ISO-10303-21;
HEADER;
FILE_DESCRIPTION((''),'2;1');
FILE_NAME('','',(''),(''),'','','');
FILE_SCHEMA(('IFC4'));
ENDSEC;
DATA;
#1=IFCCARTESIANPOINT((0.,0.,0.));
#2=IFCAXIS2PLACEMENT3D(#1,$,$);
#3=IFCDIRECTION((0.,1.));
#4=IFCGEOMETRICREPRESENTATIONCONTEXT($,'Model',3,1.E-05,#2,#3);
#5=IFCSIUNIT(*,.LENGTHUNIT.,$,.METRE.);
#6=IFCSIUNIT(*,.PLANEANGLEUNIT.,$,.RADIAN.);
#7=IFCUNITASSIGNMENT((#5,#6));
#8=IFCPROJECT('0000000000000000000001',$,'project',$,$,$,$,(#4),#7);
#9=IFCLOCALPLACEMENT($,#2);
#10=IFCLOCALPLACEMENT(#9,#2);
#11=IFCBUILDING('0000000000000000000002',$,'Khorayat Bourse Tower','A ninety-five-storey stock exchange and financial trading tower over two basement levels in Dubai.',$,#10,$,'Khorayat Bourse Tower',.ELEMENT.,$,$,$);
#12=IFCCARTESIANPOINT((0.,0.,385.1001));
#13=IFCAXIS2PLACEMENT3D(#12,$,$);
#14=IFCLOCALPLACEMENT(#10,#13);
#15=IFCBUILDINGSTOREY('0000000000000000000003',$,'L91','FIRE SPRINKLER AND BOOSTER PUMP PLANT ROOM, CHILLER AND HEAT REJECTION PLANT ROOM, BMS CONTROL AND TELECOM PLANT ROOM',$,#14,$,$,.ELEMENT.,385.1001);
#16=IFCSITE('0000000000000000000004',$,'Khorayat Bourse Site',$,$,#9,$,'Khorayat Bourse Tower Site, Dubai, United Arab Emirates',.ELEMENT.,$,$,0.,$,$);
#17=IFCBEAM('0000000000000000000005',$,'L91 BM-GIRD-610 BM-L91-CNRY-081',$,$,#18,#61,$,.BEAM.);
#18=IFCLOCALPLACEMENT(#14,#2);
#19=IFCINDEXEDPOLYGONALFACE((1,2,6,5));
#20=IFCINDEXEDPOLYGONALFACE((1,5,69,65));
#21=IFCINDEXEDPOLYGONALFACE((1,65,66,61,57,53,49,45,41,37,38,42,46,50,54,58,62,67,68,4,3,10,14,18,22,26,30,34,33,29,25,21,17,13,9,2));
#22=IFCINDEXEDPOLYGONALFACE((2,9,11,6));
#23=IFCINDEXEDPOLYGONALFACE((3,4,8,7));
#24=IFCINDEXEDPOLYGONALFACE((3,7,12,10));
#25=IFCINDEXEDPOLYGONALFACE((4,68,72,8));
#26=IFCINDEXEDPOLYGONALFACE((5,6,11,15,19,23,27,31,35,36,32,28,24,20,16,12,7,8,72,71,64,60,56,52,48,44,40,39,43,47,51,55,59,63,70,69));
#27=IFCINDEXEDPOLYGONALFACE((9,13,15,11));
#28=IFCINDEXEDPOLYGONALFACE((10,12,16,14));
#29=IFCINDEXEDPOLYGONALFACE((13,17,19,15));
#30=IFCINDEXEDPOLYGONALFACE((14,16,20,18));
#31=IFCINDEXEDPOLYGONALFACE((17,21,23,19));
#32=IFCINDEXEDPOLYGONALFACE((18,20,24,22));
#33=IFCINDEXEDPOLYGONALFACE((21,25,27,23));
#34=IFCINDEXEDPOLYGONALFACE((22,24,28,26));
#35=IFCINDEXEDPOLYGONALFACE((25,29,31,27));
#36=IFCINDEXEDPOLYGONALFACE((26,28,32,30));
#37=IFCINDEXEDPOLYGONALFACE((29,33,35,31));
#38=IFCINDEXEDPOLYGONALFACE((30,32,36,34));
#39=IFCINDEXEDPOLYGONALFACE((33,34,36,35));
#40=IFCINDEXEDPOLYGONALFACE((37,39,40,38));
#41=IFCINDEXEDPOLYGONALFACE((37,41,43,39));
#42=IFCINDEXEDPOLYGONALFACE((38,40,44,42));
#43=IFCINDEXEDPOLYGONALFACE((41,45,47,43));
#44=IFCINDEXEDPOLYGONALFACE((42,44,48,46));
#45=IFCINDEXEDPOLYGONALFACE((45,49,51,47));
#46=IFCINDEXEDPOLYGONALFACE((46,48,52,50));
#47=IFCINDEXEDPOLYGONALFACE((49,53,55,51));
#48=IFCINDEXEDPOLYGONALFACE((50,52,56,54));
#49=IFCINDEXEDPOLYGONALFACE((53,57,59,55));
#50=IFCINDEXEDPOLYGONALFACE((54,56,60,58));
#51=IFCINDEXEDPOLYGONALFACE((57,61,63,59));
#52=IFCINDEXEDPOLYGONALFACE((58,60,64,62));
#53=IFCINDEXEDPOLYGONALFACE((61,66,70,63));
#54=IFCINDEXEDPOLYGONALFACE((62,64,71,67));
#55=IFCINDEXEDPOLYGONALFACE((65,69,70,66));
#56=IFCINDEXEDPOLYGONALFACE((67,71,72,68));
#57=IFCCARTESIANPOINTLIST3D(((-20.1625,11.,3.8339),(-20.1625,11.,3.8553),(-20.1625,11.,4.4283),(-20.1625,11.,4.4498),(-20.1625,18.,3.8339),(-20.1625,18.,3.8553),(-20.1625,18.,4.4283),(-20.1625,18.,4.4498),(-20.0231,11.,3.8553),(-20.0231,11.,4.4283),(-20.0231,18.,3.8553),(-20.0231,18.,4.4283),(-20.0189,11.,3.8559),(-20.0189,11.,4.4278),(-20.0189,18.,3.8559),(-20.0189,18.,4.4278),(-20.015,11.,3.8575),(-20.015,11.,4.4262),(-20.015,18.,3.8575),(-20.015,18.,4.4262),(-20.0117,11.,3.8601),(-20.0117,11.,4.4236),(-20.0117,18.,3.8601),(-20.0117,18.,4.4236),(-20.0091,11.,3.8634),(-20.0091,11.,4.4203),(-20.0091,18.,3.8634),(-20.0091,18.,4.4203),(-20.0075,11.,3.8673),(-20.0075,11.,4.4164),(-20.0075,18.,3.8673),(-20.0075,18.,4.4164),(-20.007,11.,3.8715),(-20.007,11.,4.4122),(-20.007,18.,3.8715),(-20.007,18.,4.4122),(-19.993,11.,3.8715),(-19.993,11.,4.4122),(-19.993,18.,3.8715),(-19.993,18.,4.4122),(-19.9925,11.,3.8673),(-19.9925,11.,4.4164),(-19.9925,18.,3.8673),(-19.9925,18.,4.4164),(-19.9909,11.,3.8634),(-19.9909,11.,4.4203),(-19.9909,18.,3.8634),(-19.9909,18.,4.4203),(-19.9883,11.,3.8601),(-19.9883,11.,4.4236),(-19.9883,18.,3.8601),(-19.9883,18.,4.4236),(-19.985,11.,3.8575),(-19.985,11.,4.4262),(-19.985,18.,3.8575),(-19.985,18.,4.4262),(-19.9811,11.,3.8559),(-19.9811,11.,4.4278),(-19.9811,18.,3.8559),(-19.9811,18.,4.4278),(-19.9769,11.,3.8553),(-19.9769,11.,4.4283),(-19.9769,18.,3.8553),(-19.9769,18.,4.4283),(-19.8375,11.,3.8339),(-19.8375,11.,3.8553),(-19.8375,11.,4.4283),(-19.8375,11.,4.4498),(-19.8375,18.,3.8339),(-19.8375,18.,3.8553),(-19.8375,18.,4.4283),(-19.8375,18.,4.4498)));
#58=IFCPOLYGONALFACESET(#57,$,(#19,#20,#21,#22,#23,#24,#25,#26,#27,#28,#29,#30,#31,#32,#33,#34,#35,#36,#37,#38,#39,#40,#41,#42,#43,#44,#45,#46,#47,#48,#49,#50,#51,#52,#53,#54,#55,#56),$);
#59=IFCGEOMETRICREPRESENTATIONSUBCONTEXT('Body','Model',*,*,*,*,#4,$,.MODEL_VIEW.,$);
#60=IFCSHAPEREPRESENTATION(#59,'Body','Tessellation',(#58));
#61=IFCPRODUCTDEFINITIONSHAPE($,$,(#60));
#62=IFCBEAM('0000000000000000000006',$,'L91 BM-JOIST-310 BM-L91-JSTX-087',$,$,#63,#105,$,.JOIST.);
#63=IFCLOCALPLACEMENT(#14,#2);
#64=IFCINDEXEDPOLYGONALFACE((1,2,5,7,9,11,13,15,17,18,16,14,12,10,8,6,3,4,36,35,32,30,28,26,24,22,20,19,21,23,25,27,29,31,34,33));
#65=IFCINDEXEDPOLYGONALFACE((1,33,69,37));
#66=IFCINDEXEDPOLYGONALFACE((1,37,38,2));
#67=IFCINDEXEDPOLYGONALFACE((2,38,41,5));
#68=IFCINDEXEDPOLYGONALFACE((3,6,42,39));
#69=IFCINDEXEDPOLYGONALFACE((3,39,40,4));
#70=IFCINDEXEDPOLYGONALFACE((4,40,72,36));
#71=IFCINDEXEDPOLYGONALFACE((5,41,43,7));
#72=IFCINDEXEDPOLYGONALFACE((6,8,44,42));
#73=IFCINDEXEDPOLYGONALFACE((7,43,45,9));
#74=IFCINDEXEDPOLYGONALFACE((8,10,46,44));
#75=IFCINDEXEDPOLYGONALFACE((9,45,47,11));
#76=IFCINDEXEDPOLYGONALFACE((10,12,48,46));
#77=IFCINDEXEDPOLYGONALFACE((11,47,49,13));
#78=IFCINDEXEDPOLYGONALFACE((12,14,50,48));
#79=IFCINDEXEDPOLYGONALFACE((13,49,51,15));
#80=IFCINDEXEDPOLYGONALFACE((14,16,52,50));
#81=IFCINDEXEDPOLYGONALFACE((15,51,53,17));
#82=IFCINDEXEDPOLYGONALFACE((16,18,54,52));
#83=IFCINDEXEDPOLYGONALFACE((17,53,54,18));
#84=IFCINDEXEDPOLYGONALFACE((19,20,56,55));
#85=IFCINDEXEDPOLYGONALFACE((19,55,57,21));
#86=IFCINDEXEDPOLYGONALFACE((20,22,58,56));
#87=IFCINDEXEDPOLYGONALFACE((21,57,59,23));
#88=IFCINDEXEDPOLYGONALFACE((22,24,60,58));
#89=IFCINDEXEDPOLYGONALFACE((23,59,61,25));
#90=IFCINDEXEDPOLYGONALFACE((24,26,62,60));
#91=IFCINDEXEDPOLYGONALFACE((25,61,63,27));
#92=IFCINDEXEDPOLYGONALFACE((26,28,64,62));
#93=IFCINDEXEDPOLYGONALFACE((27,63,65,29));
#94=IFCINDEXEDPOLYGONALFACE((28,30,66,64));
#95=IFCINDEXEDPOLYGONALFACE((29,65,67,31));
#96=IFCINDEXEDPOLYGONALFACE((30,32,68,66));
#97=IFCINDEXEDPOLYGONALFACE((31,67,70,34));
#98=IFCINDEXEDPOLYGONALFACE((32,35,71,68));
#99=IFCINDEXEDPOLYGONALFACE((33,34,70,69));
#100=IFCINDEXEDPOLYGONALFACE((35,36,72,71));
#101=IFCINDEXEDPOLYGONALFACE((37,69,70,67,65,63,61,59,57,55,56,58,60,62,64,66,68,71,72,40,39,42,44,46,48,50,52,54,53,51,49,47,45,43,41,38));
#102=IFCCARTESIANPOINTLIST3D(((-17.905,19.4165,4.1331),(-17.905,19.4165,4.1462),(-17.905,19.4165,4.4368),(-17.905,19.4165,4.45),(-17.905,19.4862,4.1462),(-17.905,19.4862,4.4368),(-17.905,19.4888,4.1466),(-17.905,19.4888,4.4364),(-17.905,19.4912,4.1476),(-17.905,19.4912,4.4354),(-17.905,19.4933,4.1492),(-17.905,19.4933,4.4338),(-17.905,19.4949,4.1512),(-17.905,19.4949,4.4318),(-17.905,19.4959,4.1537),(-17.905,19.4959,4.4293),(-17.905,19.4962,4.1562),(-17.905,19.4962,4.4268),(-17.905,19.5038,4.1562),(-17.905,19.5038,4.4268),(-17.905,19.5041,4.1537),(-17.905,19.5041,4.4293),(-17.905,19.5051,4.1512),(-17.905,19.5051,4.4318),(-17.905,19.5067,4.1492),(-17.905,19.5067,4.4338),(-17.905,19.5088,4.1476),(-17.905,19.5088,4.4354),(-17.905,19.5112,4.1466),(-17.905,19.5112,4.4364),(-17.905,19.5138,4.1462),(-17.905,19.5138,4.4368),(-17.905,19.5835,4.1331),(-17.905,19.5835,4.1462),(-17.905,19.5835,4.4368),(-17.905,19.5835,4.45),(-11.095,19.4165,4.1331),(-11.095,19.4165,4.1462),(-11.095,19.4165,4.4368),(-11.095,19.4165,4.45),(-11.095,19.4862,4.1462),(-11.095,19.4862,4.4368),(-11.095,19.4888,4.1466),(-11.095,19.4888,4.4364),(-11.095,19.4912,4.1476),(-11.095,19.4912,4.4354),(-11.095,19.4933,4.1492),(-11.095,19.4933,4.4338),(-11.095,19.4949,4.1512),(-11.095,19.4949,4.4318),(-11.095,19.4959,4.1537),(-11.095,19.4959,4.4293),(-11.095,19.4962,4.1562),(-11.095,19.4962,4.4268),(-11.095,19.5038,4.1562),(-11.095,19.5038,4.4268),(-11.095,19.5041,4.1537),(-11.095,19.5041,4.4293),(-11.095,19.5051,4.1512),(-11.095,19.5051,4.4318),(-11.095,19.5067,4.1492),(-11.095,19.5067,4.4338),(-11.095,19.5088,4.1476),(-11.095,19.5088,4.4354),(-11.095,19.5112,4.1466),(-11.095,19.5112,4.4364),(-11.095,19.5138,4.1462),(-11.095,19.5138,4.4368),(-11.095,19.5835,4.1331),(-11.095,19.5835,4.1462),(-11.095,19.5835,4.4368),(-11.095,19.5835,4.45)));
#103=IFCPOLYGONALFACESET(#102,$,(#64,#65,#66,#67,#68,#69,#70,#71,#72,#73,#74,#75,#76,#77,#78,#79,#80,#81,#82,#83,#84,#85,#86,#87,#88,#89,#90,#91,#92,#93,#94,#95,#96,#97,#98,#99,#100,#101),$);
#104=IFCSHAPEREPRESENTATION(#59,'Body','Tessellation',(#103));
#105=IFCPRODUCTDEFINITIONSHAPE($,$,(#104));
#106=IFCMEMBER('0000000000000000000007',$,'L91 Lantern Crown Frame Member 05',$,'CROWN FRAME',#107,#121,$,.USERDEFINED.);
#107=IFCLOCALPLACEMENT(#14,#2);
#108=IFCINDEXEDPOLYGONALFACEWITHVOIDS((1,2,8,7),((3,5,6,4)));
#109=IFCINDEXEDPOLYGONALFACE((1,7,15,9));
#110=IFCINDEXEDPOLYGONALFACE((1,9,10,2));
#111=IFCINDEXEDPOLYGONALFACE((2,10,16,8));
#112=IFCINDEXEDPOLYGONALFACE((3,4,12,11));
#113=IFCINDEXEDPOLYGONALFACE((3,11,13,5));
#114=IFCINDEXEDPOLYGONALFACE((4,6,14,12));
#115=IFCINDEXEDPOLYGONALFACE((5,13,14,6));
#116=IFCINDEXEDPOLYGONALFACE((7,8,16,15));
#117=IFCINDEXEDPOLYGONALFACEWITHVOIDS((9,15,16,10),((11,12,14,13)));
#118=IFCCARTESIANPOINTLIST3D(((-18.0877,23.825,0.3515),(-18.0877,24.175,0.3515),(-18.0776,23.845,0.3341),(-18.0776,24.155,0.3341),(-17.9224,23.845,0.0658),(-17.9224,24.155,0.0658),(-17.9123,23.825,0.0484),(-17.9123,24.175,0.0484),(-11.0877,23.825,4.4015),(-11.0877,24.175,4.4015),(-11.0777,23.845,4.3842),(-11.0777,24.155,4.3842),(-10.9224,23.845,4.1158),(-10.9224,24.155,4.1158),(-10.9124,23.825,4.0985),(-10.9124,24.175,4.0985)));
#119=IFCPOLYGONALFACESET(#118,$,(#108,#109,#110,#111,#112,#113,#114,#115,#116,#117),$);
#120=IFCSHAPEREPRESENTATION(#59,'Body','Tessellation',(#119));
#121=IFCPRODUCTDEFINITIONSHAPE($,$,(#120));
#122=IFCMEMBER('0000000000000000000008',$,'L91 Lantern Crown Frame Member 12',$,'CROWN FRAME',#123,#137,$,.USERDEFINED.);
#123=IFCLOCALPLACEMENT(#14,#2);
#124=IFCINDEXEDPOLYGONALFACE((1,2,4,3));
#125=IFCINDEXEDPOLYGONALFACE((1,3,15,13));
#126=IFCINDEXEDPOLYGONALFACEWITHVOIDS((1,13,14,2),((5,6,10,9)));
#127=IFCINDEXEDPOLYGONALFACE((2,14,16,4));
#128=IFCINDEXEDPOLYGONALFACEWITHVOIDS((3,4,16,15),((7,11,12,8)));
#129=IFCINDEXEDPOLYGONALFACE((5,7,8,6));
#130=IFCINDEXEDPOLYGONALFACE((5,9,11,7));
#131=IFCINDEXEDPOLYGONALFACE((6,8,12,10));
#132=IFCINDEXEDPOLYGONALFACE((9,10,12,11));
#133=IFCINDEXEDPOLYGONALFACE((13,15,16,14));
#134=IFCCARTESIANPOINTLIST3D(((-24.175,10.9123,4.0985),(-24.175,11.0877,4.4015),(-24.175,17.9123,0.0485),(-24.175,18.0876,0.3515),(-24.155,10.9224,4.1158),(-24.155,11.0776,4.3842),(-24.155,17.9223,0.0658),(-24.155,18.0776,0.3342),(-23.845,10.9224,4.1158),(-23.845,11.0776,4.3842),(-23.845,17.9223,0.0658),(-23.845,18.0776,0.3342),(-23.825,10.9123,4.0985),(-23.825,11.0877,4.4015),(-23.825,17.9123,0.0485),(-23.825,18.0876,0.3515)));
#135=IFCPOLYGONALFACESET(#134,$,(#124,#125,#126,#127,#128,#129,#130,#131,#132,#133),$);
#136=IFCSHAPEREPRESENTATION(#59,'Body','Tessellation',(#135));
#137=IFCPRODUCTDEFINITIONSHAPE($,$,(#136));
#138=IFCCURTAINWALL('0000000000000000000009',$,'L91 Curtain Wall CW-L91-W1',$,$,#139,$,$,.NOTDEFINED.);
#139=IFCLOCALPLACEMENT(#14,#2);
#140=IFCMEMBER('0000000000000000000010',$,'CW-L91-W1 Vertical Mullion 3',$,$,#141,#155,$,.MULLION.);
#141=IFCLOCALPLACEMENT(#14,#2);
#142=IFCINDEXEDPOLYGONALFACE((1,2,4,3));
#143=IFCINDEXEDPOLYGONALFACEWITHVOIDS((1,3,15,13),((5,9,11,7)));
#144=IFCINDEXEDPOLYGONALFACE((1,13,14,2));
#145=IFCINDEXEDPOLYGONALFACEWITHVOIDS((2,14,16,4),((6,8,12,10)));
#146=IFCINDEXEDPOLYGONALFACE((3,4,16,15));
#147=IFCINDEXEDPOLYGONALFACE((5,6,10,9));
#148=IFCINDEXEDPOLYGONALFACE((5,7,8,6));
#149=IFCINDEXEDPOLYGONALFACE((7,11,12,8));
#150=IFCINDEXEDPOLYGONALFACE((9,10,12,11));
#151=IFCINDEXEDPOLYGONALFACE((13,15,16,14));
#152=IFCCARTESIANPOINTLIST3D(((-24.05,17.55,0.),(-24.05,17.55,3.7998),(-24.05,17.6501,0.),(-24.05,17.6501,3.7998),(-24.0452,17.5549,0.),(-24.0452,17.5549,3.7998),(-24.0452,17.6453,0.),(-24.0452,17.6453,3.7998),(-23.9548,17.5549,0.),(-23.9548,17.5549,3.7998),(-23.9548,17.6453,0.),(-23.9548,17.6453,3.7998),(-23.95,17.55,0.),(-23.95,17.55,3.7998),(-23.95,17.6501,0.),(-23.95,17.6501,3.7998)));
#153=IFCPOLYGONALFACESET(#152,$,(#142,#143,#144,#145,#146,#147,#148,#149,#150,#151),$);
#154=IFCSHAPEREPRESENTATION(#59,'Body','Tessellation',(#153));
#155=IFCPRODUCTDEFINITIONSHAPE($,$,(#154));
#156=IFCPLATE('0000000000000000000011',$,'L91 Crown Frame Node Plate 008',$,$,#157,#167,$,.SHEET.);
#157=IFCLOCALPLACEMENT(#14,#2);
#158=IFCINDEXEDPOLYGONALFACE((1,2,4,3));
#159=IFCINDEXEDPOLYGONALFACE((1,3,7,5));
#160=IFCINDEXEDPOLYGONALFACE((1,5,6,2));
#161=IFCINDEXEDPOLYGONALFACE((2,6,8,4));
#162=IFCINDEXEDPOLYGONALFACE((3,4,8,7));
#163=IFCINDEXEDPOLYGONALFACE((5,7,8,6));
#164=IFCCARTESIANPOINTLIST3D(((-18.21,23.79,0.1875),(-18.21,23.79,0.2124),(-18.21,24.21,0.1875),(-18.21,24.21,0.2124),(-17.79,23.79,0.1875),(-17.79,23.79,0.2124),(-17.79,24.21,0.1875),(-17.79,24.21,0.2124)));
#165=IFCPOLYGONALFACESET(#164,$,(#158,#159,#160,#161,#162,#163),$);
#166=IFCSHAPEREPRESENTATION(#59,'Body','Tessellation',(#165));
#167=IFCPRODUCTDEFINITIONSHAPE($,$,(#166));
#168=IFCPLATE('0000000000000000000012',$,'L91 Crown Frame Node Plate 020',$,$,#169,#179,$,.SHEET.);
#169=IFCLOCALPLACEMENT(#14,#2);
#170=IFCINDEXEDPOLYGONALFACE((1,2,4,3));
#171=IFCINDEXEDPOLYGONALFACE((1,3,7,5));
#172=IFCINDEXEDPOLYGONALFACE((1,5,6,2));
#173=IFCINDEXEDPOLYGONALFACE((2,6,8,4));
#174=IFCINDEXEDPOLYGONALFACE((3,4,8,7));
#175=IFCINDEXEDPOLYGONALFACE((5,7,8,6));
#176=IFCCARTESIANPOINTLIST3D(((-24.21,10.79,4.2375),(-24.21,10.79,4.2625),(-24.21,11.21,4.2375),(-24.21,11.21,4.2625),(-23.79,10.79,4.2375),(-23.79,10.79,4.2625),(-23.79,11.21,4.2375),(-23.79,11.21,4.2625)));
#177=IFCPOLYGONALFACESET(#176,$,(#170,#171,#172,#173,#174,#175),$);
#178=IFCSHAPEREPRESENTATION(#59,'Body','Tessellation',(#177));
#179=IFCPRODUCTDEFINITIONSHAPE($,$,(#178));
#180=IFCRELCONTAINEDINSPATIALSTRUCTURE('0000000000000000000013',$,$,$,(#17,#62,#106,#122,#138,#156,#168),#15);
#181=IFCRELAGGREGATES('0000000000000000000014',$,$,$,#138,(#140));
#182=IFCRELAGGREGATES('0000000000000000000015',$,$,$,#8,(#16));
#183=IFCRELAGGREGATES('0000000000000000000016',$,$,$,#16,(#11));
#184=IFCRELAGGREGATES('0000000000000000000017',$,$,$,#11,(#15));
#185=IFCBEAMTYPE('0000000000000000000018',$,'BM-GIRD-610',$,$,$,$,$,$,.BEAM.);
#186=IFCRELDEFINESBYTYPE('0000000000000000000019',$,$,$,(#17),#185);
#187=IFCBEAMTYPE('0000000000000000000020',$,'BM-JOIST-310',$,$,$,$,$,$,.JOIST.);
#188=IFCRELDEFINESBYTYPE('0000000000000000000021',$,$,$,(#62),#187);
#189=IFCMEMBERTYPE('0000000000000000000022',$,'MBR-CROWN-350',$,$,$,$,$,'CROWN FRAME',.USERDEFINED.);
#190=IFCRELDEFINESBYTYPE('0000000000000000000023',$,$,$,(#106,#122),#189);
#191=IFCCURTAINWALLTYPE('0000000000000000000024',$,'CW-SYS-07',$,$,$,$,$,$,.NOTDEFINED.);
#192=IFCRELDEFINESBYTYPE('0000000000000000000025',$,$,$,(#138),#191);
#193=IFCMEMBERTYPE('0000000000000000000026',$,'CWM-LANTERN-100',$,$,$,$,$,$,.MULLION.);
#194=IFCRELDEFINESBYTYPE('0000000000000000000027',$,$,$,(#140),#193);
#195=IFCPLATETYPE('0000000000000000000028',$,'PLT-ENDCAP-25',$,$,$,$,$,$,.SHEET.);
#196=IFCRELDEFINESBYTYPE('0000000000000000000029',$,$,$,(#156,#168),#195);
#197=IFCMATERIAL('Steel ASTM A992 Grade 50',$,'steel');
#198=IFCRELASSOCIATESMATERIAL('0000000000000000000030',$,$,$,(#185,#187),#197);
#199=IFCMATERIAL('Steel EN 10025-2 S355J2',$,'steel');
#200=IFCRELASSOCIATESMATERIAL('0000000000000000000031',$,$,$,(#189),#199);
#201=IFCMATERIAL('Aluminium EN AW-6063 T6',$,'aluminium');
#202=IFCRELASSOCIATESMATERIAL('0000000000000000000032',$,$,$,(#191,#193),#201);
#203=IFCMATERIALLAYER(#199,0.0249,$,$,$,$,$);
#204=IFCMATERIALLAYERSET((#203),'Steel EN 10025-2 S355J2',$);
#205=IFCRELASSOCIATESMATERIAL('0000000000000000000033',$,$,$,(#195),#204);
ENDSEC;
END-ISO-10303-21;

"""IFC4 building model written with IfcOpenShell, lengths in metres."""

from ifc_helpers import new_model, si_unit, direction, frame, origin, origin_2d, place, context, subcontext, project, spatial, rectangle, hollow_rectangle, i_section, extrude, source, transform, mapped, material, layer, layer_set, material_profile, profile_set, type_object, element, aggregate, save


model = new_model("IFC4")

# Units and contexts
model_context = context("Model", 3, precision=1e-05, world=origin(), true_north=direction((0.0, 1.0)))
body_context = subcontext(model_context, "Body", "Model", "MODEL_VIEW")
ifc_project = project(units=[si_unit("LENGTHUNIT", "METRE"), si_unit("PLANEANGLEUNIT", "RADIAN")], contexts=[model_context])

# Site, building, storey
site_placement = place(None, origin())
site = spatial("IfcSite", under=ifc_project, at=site_placement, Name="Khorayat Bourse Site", LongName="Khorayat Bourse Tower Site, Dubai, United Arab Emirates", CompositionType="ELEMENT", RefElevation=0.0)
building_placement = place(site_placement, origin())
building = spatial("IfcBuilding", under=site, at=building_placement, Name="Khorayat Bourse Tower", Description="A ninety-five-storey stock exchange and financial trading tower over two basement levels in Dubai.", LongName="Khorayat Bourse Tower", CompositionType="ELEMENT")
storey_placement = place(building_placement, frame((0.0, 0.0, 385.1001)))
storey = spatial("IfcBuildingStorey", under=building, at=storey_placement, Name="L91", Description="FIRE SPRINKLER AND BOOSTER PUMP PLANT ROOM, CHILLER AND HEAT REJECTION PLANT ROOM, BMS CONTROL AND TELECOM PLANT ROOM", CompositionType="ELEMENT", Elevation=385.1001)

# Shared definitions
ifc_material_1 = material(Name="Steel EN 10025-2 S355J2", Category="steel")

# Beams
ifc_material_2 = material(Name="Steel ASTM A992 Grade 50", Category="steel")
ifc_material_profile_1 = material_profile(ifc_material_2, i_section(OverallWidth=0.325, OverallDepth=0.616, WebThickness=0.0139, FlangeThickness=0.0215, FilletRadius=0.0161, at=origin_2d()), Name="W610X174")
ifc_profile_set_1 = profile_set([ifc_material_profile_1], Name="Steel ASTM A992 Grade 50")
beam_type_1 = type_object("IfcBeamType", Name="BM-GIRD-610", PredefinedType="BEAM", material=ifc_profile_set_1)
shared_shape_1 = source(origin(), body_context, "Body", "SweptSolid", [
    extrude(i_section(OverallWidth=0.325, OverallDepth=0.616, WebThickness=0.0139, FlangeThickness=0.0215, FilletRadius=0.0161, at=origin_2d()), origin(), (0.0, 0.0, 1.0), 7.0),
])
for number, where, z_axis, x_axis, name in (
    (1, (-20.0, 11.0, 4.1418), (0.0, 1.0, 0.0), (-1.0, 0.0, 0.0), "L91 BM-GIRD-610 BM-L91-CNRY-081"),
):
    element("IfcBeam", number, at=place(storey_placement, frame(where, z_axis=z_axis, x_axis=x_axis)), inside=storey, type_object=beam_type_1, Name=name, PredefinedType="BEAM", context=body_context, shape_type="MappedRepresentation", body=[
        mapped(shared_shape_1, transform((0.0, 0.0, 0.0), scale=1.0)),
    ])
ifc_material_profile_2 = material_profile(ifc_material_2, i_section(OverallWidth=0.167, OverallDepth=0.3169, WebThickness=0.0076, FlangeThickness=0.0132, FilletRadius=0.01, at=origin_2d()), Name="W310X52")
ifc_profile_set_2 = profile_set([ifc_material_profile_2], Name="Steel ASTM A992 Grade 50")
beam_type_2 = type_object("IfcBeamType", Name="BM-JOIST-310", PredefinedType="JOIST", material=ifc_profile_set_2)
shared_shape_2 = source(origin(), body_context, "Body", "SweptSolid", [
    extrude(i_section(OverallWidth=0.167, OverallDepth=0.3169, WebThickness=0.0076, FlangeThickness=0.0132, FilletRadius=0.01, at=origin_2d()), origin(), (0.0, 0.0, 1.0), 6.8101),
])
beam_1_placement = place(storey_placement, frame((-17.905, 19.5, 4.2915), z_axis=(1.0, 0.0, 0.0), x_axis=(0.0, 1.0, 0.0)))
element("IfcBeam", 2, at=beam_1_placement, inside=storey, type_object=beam_type_2, Name="L91 BM-JOIST-310 BM-L91-JSTX-087", PredefinedType="JOIST", context=body_context, shape_type="MappedRepresentation", body=[
    mapped(shared_shape_2, transform((0.0, 0.0, 0.0), scale=1.0)),
])

# Members
ifc_material_profile_3 = material_profile(ifc_material_1, hollow_rectangle(XDim=0.3501, YDim=0.3501, WallThickness=0.02, at=origin_2d()), Name="HSS 350x350x20")
ifc_profile_set_3 = profile_set([ifc_material_profile_3], Name="Steel EN 10025-2 S355J2")
member_type_1 = type_object("IfcMemberType", Name="MBR-CROWN-350", ElementType="CROWN FRAME", PredefinedType="USERDEFINED", material=ifc_profile_set_3)
shared_shape_3 = source(origin(), body_context, "Body", "SweptSolid", [
    extrude(hollow_rectangle(XDim=0.3501, YDim=0.3501, WallThickness=0.02, at=origin_2d()), origin(), (0.0, 0.0, 1.0), 8.0872),
])
for number, where, z_axis, x_axis, name in (
    (3, (-18.0, 24.0, 0.2), (0.865565, 0.0, 0.500797), (0.0, 1.0, 0.0), "L91 Lantern Crown Frame Member 05"),
    (4, (-24.0, 11.0, 4.25), (0.0, 0.865565, -0.500797), (-1.0, 0.0, 0.0), "L91 Lantern Crown Frame Member 12"),
):
    element("IfcMember", number, at=place(storey_placement, frame(where, z_axis=z_axis, x_axis=x_axis)), inside=storey, type_object=member_type_1, Name=name, ObjectType="CROWN FRAME", PredefinedType="USERDEFINED", context=body_context, shape_type="MappedRepresentation", body=[
        mapped(shared_shape_3, transform((0.0, 0.0, 0.0), scale=1.0)),
    ])

# Curtain wall, member
ifc_material_3 = material(Name="Aluminium EN AW-6063 T6", Category="aluminium")
curtain_wall_type = type_object("IfcCurtainWallType", Name="CW-SYS-07", PredefinedType="NOTDEFINED", material=ifc_material_3)
curtain_wall_placement = place(storey_placement, origin())
curtain_wall = element("IfcCurtainWall", 5, at=curtain_wall_placement, inside=storey, type_object=curtain_wall_type, Name="L91 Curtain Wall CW-L91-W1", PredefinedType="NOTDEFINED")
ifc_material_profile_4 = material_profile(ifc_material_3, hollow_rectangle(XDim=0.1001, YDim=0.1001, WallThickness=0.0049, at=origin_2d()), Name="ALU 100x100x5")
ifc_profile_set_4 = profile_set([ifc_material_profile_4], Name="Aluminium EN AW-6063 T6")
member_type_2 = type_object("IfcMemberType", Name="CWM-LANTERN-100", PredefinedType="MULLION", material=ifc_profile_set_4)
shared_shape_4 = source(origin(), body_context, "Body", "SweptSolid", [
    extrude(hollow_rectangle(XDim=0.1001, YDim=0.1001, WallThickness=0.0049, at=origin_2d()), origin(), (0.0, 0.0, 1.0), 3.7998),
])
member_placement = place(storey_placement, frame((-24.0, 17.6001, 0.0), z_axis=(0.0, 0.0, 1.0), x_axis=(-1.0, 0.0, 0.0)))
member = element("IfcMember", 6, at=member_placement, type_object=member_type_2, Name="CW-L91-W1 Vertical Mullion 3", PredefinedType="MULLION", context=body_context, shape_type="MappedRepresentation", body=[
    mapped(shared_shape_4, transform((0.0, 0.0, 0.0), scale=1.0)),
])
aggregate(curtain_wall, [member])

# Plates
ifc_layer_1 = layer(ifc_material_1, 0.0249)
ifc_layer_set_1 = layer_set([ifc_layer_1], Name="Steel EN 10025-2 S355J2")
plate_type = type_object("IfcPlateType", Name="PLT-ENDCAP-25", PredefinedType="SHEET", material=ifc_layer_set_1)
shared_shape_5 = source(origin(), body_context, "Body", "SweptSolid", [
    extrude(rectangle(XDim=0.4199, YDim=0.4199, at=origin_2d()), origin(), (0.0, 0.0, 1.0), 0.0249),
])
for number, where, z_axis, x_axis, name in (
    (7, (-18.0, 24.0, 0.1875), (0.0, 0.0, 1.0), (1.0, 0.0, 0.0), "L91 Crown Frame Node Plate 008"),
    (8, (-24.0, 11.0, 4.2375), (0.0, 0.0, 1.0), (1.0, 0.0, 0.0), "L91 Crown Frame Node Plate 020"),
):
    element("IfcPlate", number, at=place(storey_placement, frame(where, z_axis=z_axis, x_axis=x_axis)), inside=storey, type_object=plate_type, Name=name, PredefinedType="SHEET", context=body_context, shape_type="MappedRepresentation", body=[
        mapped(shared_shape_5, transform((0.0, 0.0, 0.0), scale=1.0)),
    ])

save(model, "model.ifc")
